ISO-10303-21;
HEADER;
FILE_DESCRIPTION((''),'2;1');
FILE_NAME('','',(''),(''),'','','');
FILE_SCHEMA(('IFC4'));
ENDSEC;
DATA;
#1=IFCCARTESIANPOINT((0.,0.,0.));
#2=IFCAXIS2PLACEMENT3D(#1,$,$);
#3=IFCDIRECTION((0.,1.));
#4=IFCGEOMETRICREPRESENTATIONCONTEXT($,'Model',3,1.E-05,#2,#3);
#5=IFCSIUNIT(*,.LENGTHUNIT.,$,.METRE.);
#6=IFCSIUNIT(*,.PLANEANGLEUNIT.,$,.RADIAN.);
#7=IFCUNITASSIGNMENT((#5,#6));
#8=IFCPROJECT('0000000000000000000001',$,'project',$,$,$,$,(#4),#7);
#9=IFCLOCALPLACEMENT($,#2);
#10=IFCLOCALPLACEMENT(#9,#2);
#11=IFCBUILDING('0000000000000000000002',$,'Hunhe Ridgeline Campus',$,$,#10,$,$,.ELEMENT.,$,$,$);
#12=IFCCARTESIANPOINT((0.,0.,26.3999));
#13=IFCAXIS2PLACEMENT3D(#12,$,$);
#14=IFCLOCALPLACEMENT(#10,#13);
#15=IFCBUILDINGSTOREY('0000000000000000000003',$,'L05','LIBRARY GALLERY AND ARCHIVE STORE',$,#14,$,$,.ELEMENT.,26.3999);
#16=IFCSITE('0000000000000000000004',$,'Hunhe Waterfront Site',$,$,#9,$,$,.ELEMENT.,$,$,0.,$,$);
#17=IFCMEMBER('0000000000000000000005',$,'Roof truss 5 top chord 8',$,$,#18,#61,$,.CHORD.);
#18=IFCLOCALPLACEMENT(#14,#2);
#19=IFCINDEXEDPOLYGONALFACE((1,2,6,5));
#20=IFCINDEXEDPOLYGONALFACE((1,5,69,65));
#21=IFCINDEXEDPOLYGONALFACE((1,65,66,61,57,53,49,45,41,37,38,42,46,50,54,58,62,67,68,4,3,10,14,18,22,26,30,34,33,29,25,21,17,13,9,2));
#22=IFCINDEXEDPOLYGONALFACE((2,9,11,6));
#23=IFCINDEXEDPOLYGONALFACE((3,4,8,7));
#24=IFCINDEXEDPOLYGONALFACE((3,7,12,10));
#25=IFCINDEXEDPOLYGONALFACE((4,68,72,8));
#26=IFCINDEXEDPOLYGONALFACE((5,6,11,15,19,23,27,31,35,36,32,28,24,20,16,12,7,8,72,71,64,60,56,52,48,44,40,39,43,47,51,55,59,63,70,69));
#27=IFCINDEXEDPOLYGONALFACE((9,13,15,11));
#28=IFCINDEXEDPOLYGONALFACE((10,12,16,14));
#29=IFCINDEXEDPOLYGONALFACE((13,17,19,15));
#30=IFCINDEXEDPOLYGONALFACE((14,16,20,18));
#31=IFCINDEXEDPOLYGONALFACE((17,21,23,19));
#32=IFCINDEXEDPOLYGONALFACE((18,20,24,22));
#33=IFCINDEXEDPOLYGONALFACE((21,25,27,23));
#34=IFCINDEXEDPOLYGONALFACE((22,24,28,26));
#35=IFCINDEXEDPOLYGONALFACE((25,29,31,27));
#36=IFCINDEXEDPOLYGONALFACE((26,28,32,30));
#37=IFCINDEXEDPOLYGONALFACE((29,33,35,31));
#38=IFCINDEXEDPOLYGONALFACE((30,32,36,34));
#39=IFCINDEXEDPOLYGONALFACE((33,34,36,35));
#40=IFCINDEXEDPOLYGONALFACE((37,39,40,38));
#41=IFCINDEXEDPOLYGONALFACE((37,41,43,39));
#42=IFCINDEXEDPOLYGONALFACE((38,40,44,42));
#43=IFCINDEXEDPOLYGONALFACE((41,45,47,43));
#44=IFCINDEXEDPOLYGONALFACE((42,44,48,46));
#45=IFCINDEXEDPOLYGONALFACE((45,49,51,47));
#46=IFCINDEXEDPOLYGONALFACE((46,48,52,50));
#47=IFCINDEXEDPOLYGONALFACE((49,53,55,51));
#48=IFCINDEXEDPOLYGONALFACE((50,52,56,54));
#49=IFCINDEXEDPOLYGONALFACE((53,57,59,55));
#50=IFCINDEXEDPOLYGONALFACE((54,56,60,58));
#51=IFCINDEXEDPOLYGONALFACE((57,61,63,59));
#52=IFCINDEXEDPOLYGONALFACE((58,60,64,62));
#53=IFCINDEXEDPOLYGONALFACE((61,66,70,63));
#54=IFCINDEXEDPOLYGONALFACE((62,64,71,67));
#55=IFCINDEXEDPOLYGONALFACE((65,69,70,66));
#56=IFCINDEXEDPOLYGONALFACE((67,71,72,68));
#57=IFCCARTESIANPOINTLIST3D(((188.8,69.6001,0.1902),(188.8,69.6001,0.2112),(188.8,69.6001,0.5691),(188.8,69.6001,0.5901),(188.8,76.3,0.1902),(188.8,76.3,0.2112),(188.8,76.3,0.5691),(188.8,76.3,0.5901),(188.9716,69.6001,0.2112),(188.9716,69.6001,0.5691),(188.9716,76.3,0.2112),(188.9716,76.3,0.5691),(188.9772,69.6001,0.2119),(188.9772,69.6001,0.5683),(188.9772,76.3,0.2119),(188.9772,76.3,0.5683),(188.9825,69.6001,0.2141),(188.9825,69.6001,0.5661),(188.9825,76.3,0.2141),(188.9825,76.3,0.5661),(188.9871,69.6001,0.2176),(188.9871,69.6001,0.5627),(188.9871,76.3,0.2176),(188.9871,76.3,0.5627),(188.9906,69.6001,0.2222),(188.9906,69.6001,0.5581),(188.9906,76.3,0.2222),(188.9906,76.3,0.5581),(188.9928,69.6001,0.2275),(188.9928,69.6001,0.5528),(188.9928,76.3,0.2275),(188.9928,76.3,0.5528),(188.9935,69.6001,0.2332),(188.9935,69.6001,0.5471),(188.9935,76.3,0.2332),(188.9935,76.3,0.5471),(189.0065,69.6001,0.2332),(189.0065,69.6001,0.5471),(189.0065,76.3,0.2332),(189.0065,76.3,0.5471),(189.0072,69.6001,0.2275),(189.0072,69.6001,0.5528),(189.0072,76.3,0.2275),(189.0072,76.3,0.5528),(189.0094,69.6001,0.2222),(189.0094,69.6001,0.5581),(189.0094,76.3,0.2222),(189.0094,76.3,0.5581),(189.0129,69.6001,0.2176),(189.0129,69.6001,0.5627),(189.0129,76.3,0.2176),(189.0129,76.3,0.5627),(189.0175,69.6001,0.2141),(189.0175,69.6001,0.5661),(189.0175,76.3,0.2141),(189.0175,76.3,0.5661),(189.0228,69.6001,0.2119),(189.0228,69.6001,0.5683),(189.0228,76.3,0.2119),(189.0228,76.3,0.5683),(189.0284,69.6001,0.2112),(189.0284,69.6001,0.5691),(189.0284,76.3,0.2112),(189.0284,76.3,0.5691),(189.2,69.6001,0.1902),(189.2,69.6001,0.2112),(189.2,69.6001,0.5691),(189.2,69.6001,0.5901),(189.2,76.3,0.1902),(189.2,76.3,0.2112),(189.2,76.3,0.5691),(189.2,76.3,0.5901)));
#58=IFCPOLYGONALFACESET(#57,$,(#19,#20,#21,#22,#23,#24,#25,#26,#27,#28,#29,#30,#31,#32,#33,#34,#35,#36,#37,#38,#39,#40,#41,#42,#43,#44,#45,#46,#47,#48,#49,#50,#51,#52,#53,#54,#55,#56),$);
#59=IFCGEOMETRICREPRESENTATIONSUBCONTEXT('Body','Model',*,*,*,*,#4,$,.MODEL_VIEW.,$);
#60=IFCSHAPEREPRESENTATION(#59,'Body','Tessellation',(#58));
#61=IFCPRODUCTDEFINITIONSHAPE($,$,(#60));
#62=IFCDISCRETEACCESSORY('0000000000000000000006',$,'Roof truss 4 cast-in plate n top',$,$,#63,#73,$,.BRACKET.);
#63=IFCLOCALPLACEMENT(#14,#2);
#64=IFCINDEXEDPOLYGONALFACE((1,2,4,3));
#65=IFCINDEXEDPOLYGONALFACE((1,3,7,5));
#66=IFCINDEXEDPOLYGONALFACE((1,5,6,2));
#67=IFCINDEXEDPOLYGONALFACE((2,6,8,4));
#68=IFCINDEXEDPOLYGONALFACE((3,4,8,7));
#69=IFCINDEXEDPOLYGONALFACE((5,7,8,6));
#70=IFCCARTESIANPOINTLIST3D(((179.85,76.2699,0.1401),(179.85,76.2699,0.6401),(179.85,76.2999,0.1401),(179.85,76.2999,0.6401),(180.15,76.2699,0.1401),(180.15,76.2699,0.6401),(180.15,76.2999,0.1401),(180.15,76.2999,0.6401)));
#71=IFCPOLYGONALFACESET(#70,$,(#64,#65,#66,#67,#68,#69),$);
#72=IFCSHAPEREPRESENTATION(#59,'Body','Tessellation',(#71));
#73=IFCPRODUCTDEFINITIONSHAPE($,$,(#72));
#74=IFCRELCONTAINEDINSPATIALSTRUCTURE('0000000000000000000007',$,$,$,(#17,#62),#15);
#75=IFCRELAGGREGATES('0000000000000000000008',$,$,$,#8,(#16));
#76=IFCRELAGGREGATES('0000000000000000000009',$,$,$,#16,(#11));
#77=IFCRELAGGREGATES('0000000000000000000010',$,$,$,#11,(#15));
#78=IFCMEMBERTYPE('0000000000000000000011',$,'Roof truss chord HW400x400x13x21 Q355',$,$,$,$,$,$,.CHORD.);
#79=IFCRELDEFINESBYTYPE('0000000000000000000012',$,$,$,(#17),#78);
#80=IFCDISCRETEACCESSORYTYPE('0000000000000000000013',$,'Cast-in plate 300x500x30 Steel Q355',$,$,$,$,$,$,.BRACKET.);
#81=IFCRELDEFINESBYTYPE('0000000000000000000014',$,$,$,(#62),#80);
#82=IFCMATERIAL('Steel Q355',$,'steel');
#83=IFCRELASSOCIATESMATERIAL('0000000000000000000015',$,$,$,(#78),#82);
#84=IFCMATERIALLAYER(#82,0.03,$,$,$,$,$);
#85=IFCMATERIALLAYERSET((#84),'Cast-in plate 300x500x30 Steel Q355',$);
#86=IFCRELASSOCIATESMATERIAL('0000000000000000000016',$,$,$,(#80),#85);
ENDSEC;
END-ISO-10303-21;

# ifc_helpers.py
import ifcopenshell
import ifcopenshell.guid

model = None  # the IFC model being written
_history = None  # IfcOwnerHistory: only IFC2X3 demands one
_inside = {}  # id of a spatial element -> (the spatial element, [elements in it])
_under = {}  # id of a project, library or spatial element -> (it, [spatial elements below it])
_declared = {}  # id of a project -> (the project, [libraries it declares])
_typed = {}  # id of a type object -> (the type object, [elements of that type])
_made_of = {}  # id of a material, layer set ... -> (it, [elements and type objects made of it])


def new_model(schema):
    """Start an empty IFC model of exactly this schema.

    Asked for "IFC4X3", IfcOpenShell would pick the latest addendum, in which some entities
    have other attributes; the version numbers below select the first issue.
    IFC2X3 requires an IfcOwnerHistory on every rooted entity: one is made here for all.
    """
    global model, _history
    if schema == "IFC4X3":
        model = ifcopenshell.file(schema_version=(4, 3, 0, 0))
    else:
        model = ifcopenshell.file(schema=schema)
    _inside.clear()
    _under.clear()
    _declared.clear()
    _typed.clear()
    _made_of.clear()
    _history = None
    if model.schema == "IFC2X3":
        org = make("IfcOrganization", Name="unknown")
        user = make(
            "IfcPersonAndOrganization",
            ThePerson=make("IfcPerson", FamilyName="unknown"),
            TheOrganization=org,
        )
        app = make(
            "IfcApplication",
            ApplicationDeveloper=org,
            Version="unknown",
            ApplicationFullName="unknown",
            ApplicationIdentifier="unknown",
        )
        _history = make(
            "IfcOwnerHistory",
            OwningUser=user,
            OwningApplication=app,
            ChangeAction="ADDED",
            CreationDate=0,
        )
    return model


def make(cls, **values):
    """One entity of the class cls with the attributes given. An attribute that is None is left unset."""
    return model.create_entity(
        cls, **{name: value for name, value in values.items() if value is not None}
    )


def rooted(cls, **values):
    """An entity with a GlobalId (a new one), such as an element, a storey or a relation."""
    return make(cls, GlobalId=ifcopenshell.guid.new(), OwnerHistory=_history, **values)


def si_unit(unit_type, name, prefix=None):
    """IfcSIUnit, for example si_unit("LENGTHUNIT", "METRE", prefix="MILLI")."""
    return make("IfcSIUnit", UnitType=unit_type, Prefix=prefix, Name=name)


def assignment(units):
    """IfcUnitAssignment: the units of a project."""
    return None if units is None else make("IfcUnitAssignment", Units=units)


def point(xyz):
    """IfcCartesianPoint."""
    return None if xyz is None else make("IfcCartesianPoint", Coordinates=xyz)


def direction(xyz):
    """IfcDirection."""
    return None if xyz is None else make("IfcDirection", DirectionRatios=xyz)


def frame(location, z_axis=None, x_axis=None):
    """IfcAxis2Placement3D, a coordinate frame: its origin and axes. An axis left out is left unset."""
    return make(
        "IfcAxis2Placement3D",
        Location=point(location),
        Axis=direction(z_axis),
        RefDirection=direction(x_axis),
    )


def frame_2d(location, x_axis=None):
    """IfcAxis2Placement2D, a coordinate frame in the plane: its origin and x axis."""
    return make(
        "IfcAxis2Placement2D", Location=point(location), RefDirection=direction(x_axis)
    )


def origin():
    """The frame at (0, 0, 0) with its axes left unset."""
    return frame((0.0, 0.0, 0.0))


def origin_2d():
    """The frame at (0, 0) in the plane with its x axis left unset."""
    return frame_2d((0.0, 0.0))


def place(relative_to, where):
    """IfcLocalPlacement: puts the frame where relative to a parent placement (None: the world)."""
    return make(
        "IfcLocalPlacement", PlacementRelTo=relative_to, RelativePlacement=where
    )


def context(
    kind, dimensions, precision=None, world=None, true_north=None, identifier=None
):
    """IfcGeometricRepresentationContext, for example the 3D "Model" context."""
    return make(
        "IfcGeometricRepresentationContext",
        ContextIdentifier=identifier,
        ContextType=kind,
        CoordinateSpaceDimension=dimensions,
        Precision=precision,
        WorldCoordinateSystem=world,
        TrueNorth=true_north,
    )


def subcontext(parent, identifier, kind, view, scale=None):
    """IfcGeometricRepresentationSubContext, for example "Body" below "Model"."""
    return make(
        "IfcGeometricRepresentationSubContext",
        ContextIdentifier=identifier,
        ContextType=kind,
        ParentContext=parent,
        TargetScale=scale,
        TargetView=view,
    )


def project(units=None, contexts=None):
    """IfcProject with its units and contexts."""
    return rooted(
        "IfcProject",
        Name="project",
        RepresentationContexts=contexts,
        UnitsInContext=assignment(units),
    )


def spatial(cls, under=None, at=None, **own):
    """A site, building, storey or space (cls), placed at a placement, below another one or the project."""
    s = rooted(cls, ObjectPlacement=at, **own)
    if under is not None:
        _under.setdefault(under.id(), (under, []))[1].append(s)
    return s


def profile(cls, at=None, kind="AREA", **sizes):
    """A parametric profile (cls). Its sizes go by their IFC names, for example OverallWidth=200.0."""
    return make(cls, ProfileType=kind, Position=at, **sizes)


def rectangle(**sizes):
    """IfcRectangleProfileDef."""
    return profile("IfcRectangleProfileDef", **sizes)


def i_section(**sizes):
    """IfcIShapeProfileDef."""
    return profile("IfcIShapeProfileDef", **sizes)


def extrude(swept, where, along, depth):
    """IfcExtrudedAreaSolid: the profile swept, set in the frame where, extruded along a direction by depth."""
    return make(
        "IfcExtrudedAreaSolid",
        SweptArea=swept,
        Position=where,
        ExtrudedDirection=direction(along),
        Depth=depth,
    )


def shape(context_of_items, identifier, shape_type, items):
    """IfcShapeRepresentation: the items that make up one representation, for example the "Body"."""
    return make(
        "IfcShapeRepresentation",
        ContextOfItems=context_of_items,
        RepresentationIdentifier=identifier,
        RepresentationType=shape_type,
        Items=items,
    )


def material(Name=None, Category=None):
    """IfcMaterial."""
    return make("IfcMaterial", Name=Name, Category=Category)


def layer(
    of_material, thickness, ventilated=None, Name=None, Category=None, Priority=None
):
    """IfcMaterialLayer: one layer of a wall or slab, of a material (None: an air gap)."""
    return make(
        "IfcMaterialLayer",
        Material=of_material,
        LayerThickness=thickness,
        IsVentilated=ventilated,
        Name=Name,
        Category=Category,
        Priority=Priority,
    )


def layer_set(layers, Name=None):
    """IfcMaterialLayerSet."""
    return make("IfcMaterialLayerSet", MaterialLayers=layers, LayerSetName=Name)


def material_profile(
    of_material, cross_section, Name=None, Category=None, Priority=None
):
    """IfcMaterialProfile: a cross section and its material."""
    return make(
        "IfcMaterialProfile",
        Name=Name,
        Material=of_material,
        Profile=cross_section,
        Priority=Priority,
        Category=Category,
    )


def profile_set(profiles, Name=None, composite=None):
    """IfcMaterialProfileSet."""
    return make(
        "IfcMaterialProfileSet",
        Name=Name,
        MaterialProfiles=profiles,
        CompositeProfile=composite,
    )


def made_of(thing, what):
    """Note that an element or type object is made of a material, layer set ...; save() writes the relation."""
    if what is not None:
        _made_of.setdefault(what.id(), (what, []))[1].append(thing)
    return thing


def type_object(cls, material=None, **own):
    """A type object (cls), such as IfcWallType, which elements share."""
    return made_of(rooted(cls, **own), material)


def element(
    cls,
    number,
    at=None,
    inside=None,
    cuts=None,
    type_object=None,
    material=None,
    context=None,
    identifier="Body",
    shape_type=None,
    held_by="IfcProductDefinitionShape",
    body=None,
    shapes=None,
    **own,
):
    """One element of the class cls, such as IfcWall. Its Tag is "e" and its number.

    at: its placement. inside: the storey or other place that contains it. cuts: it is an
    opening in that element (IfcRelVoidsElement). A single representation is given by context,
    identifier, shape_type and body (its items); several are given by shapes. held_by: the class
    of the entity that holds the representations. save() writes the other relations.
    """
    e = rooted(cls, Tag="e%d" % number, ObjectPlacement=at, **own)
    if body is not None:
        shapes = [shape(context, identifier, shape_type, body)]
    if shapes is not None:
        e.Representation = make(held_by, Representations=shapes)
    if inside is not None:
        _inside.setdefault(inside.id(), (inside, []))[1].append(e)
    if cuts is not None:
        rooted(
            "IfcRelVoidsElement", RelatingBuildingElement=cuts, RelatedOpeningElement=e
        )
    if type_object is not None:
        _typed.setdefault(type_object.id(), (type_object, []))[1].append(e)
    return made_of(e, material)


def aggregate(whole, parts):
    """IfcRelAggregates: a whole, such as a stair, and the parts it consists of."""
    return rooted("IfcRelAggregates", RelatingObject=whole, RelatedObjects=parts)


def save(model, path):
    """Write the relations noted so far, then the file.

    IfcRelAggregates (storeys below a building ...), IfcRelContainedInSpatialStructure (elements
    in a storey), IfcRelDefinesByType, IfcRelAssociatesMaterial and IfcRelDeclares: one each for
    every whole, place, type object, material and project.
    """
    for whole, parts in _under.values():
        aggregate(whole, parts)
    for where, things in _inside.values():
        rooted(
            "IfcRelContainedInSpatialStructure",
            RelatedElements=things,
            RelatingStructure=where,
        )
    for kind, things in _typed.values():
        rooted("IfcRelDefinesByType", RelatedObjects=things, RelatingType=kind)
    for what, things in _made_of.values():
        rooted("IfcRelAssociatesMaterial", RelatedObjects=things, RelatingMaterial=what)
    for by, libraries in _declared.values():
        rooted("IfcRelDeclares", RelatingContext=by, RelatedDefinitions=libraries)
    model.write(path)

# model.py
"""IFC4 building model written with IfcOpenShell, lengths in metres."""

from ifc_helpers import new_model, si_unit, direction, frame, origin, origin_2d, place, context, subcontext, project, spatial, rectangle, i_section, extrude, material, layer, layer_set, material_profile, profile_set, type_object, element, save


model = new_model("IFC4")

# Units and contexts
model_context = context("Model", 3, precision=1e-05, world=origin(), true_north=direction((0.0, 1.0)))
body_context = subcontext(model_context, "Body", "Model", "MODEL_VIEW")
ifc_project = project(units=[si_unit("LENGTHUNIT", "METRE"), si_unit("PLANEANGLEUNIT", "RADIAN")], contexts=[model_context])

# Site, building, storey
site_placement = place(None, origin())
site = spatial("IfcSite", under=ifc_project, at=site_placement, Name="Hunhe Waterfront Site", CompositionType="ELEMENT", RefElevation=0.0)
building_placement = place(site_placement, origin())
building = spatial("IfcBuilding", under=site, at=building_placement, Name="Hunhe Ridgeline Campus", CompositionType="ELEMENT")
storey_placement = place(building_placement, frame((0.0, 0.0, 26.3999)))
storey = spatial("IfcBuildingStorey", under=building, at=storey_placement, Name="L05", Description="LIBRARY GALLERY AND ARCHIVE STORE", CompositionType="ELEMENT", Elevation=26.3999)

# Member
ifc_material = material(Name="Steel Q355", Category="steel")
ifc_material_profile_1 = material_profile(ifc_material, i_section(OverallWidth=0.3999, OverallDepth=0.3999, WebThickness=0.0129, FlangeThickness=0.021, FilletRadius=0.022, at=origin_2d()))
ifc_profile_set_1 = profile_set([ifc_material_profile_1], Name="Steel Q355")
member_type_1 = type_object("IfcMemberType", Name="Roof truss chord HW400x400x13x21 Q355", PredefinedType="CHORD", material=ifc_profile_set_1)
member_1_placement = place(storey_placement, frame((189.0, 69.6001, 0.3901), z_axis=(0.0, 1.0, 0.0), x_axis=(-1.0, 0.0, 0.0)))
element("IfcMember", 1, at=member_1_placement, inside=storey, type_object=member_type_1, Name="Roof truss 5 top chord 8", PredefinedType="CHORD", context=body_context, shape_type="SweptSolid", body=[
    extrude(i_section(OverallWidth=0.3999, OverallDepth=0.3999, WebThickness=0.0129, FlangeThickness=0.021, FilletRadius=0.022, at=origin_2d()), origin(), (0.0, 0.0, 1.0), 6.7),
])

# Discrete accessory
ifc_layer = layer(ifc_material, 0.03)
ifc_layer_set = layer_set([ifc_layer], Name="Cast-in plate 300x500x30 Steel Q355")
discrete_accessory_type = type_object("IfcDiscreteAccessoryType", Name="Cast-in plate 300x500x30 Steel Q355", PredefinedType="BRACKET", material=ifc_layer_set)
discrete_accessory_placement = place(storey_placement, frame((180.0, 76.2849, 0.1401), z_axis=(0.0, 0.0, 1.0), x_axis=(0.0, 1.0, 0.0)))
element("IfcDiscreteAccessory", 2, at=discrete_accessory_placement, inside=storey, type_object=discrete_accessory_type, Name="Roof truss 4 cast-in plate n top", PredefinedType="BRACKET", context=body_context, shape_type="SweptSolid", body=[
    extrude(rectangle(XDim=0.03, YDim=0.3, at=origin_2d()), origin(), (0.0, 0.0, 1.0), 0.5),
])

save(model, "model.ifc")
